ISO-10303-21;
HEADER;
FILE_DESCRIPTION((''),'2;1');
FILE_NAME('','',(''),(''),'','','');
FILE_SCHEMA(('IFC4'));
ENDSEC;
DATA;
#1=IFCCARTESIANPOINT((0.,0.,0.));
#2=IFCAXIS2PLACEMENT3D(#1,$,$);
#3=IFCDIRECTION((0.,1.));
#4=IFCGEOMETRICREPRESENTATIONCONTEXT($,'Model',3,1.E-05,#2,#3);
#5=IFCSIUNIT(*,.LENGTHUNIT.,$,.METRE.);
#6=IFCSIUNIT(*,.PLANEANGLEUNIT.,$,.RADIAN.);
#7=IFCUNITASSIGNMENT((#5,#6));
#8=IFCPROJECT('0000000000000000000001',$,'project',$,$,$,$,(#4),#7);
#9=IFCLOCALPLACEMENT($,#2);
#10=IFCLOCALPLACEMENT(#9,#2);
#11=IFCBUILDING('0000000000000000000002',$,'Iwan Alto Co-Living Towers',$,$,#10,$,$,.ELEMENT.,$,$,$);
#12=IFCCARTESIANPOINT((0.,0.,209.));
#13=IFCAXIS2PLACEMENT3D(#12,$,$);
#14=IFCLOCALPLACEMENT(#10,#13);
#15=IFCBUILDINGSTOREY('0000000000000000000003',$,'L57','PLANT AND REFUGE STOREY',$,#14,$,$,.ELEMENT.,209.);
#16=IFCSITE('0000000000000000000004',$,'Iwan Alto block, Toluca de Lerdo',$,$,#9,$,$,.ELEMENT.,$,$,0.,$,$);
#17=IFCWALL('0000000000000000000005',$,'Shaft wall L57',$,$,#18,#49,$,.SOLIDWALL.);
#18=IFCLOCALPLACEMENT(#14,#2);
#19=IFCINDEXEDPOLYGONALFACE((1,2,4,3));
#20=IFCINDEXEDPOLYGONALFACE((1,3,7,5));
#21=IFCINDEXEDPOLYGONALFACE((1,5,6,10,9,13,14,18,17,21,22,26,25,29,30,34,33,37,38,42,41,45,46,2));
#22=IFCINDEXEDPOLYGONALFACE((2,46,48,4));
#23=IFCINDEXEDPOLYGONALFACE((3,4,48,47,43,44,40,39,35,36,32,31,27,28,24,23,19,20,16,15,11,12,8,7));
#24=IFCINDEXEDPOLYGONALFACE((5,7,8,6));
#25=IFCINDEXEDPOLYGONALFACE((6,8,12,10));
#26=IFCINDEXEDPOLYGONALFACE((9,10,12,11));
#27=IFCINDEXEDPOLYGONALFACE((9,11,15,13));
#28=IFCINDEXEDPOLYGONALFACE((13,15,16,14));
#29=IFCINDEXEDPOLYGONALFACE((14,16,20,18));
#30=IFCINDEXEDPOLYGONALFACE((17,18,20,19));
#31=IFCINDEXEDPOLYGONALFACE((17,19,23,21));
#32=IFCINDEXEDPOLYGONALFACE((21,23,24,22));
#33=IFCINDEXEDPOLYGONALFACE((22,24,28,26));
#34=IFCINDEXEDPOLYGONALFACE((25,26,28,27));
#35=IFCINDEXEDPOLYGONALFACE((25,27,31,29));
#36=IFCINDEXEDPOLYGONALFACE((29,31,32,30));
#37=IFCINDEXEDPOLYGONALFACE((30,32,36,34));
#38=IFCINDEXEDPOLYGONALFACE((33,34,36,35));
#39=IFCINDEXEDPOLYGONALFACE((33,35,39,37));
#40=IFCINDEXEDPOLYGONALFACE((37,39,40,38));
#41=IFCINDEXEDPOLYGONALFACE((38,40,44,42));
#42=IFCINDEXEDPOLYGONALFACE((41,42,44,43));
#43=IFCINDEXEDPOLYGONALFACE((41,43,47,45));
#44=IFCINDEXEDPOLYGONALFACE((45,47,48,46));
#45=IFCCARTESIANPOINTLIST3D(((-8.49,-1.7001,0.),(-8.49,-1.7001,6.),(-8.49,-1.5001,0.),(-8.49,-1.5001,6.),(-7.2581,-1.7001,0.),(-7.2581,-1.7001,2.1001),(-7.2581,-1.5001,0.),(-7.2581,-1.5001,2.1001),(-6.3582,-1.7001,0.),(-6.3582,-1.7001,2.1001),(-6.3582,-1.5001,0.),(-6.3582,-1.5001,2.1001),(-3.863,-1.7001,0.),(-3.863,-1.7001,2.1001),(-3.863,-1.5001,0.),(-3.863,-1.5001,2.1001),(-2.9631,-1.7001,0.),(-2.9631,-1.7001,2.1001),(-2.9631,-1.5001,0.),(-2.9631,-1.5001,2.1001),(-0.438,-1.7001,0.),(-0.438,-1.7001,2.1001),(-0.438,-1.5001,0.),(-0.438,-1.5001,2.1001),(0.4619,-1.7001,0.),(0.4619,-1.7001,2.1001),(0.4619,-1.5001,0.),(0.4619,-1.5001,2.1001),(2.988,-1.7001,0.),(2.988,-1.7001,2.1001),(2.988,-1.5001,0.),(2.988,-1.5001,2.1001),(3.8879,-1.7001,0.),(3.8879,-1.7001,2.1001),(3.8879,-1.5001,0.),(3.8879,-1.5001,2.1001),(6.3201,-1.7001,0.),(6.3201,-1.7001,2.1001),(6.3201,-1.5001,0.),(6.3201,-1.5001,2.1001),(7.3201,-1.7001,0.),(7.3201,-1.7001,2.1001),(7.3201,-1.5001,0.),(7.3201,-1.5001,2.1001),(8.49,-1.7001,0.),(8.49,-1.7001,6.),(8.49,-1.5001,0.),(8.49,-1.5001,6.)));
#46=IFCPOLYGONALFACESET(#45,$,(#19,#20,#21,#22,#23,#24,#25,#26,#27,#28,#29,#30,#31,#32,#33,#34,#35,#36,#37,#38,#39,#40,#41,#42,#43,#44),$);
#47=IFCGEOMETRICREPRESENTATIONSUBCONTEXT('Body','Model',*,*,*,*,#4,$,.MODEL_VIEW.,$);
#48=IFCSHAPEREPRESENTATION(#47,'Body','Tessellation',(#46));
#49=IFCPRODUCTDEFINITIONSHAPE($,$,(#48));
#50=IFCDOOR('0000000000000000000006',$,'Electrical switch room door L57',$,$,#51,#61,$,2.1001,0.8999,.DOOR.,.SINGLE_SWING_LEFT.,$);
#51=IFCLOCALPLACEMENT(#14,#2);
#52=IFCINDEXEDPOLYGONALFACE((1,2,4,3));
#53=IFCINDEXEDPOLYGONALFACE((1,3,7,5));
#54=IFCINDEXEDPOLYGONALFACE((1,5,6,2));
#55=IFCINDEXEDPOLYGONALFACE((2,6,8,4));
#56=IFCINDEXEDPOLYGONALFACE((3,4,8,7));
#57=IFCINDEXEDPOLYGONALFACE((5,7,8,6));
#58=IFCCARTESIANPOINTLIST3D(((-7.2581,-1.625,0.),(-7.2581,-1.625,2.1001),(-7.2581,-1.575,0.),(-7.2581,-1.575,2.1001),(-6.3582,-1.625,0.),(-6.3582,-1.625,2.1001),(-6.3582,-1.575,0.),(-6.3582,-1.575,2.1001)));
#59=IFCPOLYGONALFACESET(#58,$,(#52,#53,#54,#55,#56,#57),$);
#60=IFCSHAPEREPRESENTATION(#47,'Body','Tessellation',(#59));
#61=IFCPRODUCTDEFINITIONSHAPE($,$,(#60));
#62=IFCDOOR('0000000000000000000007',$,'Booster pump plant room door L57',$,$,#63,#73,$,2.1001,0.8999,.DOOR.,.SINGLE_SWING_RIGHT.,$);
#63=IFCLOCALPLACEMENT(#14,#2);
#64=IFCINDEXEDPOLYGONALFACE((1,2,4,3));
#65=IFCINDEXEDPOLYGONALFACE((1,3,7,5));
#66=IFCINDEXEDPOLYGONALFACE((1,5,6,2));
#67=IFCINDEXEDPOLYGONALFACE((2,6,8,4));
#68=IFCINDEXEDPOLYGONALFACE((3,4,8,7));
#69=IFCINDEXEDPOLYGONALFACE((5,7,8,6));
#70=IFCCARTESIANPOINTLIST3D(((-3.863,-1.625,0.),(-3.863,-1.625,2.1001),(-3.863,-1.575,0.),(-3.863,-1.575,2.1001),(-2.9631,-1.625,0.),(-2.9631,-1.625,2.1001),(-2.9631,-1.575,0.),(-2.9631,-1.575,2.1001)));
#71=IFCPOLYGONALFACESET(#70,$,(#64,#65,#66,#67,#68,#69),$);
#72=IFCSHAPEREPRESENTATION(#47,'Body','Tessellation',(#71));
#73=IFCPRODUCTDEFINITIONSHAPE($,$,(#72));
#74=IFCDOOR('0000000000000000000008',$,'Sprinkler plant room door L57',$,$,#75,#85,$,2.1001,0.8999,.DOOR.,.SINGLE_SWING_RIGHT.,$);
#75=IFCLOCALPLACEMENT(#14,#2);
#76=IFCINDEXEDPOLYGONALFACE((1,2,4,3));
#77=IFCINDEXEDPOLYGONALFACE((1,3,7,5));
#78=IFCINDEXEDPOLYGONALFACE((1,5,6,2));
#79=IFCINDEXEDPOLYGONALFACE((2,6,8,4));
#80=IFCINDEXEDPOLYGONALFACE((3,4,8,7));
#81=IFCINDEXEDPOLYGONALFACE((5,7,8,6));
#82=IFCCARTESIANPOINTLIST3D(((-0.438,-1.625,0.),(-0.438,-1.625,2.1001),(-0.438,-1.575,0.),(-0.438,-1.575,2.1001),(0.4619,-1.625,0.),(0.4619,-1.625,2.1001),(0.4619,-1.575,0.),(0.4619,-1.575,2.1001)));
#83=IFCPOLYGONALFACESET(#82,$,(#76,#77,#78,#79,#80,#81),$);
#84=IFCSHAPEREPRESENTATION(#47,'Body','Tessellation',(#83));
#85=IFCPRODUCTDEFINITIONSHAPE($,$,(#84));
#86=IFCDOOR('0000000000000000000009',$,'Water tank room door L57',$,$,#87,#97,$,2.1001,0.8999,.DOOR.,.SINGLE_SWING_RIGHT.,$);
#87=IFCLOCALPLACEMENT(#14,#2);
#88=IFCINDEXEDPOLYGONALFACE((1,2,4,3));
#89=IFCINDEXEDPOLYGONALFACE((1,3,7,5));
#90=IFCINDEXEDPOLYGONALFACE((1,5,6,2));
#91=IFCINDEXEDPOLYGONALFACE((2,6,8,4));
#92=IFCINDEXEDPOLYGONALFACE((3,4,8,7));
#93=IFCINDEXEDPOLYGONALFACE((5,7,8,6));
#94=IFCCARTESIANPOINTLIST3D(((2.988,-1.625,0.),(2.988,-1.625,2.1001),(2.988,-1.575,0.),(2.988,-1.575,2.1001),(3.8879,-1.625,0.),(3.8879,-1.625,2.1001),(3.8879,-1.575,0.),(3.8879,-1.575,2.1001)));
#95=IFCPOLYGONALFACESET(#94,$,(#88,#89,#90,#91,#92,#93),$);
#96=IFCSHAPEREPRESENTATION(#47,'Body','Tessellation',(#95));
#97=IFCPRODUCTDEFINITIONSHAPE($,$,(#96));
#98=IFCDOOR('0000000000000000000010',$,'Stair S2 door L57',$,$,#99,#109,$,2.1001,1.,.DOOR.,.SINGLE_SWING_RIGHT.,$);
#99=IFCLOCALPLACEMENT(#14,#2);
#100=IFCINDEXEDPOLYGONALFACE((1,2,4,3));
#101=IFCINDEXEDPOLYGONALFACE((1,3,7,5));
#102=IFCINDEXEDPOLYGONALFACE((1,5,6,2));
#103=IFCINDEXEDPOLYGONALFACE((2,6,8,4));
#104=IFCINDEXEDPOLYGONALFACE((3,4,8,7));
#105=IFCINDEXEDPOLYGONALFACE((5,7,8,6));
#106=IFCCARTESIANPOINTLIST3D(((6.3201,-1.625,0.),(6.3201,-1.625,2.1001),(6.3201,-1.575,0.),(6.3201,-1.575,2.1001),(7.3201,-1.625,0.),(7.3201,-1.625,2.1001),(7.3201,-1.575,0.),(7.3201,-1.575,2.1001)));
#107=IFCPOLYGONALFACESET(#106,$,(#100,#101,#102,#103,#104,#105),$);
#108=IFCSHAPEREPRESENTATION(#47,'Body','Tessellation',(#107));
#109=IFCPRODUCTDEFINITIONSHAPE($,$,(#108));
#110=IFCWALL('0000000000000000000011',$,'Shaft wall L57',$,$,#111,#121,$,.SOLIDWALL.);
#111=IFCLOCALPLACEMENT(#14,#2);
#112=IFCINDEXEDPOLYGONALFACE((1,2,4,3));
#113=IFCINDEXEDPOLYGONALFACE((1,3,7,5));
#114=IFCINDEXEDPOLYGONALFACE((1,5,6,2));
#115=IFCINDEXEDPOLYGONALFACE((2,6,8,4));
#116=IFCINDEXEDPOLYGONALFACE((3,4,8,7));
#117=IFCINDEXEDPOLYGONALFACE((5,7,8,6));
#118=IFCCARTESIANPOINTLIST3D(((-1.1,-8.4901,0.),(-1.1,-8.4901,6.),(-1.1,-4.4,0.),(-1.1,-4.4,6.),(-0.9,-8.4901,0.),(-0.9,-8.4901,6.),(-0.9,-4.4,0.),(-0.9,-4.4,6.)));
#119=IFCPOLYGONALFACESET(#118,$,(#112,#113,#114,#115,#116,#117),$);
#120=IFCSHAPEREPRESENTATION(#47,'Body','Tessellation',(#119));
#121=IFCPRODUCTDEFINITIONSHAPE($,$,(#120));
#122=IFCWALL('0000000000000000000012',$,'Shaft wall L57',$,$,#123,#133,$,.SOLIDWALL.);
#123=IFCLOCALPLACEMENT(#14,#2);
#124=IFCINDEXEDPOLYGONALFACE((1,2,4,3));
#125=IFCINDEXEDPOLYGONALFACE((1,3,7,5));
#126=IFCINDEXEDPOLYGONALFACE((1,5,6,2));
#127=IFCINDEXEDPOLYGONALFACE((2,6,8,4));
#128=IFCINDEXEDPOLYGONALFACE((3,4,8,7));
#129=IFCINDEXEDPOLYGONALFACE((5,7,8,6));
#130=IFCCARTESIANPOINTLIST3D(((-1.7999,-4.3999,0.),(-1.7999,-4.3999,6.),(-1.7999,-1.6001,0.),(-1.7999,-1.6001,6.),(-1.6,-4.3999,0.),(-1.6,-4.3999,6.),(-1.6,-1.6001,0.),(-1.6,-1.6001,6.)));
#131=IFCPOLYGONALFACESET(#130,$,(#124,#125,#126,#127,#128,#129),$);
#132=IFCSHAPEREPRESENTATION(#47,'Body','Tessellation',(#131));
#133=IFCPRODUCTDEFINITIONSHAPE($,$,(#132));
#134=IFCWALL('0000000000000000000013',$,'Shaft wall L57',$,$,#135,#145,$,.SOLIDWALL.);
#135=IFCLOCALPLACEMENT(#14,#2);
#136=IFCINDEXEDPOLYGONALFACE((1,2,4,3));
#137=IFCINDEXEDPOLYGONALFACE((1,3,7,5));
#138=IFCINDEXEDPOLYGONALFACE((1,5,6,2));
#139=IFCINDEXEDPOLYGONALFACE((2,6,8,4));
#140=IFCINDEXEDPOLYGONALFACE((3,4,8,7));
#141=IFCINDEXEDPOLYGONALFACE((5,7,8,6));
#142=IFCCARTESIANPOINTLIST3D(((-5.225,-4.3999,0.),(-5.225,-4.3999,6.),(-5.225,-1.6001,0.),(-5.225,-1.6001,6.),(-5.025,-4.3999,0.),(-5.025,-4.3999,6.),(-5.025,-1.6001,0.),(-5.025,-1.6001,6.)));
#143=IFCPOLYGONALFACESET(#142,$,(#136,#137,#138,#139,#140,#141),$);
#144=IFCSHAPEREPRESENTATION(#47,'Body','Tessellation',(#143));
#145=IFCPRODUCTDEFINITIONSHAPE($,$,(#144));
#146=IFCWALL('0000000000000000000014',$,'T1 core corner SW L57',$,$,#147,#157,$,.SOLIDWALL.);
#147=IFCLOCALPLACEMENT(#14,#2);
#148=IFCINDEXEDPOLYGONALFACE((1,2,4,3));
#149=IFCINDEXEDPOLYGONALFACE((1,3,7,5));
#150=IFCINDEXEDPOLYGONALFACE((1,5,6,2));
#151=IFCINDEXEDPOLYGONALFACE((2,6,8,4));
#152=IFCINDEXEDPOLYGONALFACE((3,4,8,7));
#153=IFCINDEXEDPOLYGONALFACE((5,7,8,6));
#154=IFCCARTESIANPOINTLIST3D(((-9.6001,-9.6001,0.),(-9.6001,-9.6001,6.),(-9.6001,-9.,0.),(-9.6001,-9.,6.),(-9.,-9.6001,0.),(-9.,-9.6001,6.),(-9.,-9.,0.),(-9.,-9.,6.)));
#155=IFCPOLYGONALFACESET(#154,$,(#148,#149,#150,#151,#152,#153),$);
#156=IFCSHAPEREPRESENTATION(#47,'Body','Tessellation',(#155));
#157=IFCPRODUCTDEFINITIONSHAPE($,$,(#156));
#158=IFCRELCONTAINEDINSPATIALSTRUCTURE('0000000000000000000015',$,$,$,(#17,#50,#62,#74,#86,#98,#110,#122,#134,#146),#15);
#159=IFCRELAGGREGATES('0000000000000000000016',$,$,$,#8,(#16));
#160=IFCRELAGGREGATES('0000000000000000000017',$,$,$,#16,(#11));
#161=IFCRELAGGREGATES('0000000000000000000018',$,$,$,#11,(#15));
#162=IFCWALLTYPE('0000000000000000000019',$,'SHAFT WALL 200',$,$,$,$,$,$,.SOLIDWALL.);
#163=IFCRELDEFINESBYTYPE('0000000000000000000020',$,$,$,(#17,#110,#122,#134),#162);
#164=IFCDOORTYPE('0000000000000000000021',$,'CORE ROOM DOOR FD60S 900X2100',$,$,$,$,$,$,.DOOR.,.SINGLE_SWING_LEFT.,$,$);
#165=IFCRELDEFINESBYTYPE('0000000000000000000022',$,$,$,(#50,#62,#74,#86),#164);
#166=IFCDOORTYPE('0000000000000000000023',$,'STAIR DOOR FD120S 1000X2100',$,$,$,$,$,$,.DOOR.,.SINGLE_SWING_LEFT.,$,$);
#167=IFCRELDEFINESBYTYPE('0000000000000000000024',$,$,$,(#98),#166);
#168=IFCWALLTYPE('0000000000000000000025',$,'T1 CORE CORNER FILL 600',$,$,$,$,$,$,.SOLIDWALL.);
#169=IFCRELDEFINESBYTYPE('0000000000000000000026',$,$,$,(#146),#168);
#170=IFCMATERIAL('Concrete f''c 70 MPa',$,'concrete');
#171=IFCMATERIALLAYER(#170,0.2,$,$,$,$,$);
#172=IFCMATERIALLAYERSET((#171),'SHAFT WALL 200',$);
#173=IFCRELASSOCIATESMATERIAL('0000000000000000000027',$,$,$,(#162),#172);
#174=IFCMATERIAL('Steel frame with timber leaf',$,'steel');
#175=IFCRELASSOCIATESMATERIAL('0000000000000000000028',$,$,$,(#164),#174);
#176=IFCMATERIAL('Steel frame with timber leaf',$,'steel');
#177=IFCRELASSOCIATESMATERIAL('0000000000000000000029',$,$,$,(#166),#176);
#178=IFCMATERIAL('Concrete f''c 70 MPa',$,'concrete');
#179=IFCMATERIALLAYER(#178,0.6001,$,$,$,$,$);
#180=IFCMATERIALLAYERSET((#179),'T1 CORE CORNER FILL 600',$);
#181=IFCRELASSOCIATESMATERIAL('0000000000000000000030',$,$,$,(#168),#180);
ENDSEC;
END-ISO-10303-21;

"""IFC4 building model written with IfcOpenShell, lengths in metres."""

from ifc_helpers import new_model, si_unit, direction, frame, frame_2d, origin, place, context, subcontext, project, spatial, rectangle, extrude, material, layer, layer_set, type_object, element, fill, save


model = new_model("IFC4")

# Units and contexts
model_context = context("Model", 3, precision=1e-05, world=origin(), true_north=direction((0.0, 1.0)))
body_context = subcontext(model_context, "Body", "Model", "MODEL_VIEW")
ifc_project = project(units=[si_unit("LENGTHUNIT", "METRE"), si_unit("PLANEANGLEUNIT", "RADIAN")], contexts=[model_context])

# Site, building, storey
site_placement = place(None, origin())
site = spatial("IfcSite", under=ifc_project, at=site_placement, Name="Iwan Alto block, Toluca de Lerdo", CompositionType="ELEMENT", RefElevation=0.0)
building_placement = place(site_placement, origin())
building = spatial("IfcBuilding", under=site, at=building_placement, Name="Iwan Alto Co-Living Towers", CompositionType="ELEMENT")
storey_placement = place(building_placement, frame((0.0, 0.0, 209.0)))
storey = spatial("IfcBuildingStorey", under=building, at=storey_placement, Name="L57", Description="PLANT AND REFUGE STOREY", CompositionType="ELEMENT", Elevation=209.0)

# Shared definitions
ifc_material_1 = material(Name="Concrete f'c 70 MPa", Category="concrete")
ifc_layer_1 = layer(ifc_material_1, 0.2)
ifc_layer_set_1 = layer_set([ifc_layer_1], Name="SHAFT WALL 200")
wall_type_1 = type_object("IfcWallType", Name="SHAFT WALL 200", PredefinedType="SOLIDWALL", material=ifc_layer_set_1)

# Wall, openings, doors
wall_1_placement = place(storey_placement, frame((-8.49, -1.6001, 0.0), z_axis=(0.0, 0.0, 1.0), x_axis=(1.0, 0.0, 0.0)))
wall_1 = element("IfcWall", 1, at=wall_1_placement, inside=storey, type_object=wall_type_1, Name="Shaft wall L57", PredefinedType="SOLIDWALL", context=body_context, shape_type="SweptSolid", body=[
    extrude(rectangle(XDim=16.98, YDim=0.2, at=frame_2d((8.49, 0.0))), origin(), (0.0, 0.0, 1.0), 6.0),
])
opening_1_placement = place(wall_1_placement, frame((14.8101, 0.0, 0.0)))
opening_1 = element("IfcOpeningElement", 2, at=opening_1_placement, cuts=wall_1, PredefinedType="OPENING", context=body_context, shape_type="SweptSolid", body=[
    extrude(rectangle(XDim=1.0, YDim=2.1001, at=frame_2d((0.5, 1.05))), frame((0.0, 0.1099, 0.0), z_axis=(0.0, -1.0, 0.0), x_axis=(1.0, 0.0, 0.0)), (0.0, 0.0, 1.0), 0.22),
])
opening_2_placement = place(wall_1_placement, frame((1.2319, 0.0, 0.0)))
opening_2 = element("IfcOpeningElement", 3, at=opening_2_placement, cuts=wall_1, PredefinedType="OPENING", context=body_context, shape_type="SweptSolid", body=[
    extrude(rectangle(XDim=0.8999, YDim=2.1001, at=frame_2d((0.45, 1.05))), frame((0.0, 0.1099, 0.0), z_axis=(0.0, -1.0, 0.0), x_axis=(1.0, 0.0, 0.0)), (0.0, 0.0, 1.0), 0.22),
])
opening_3_placement = place(wall_1_placement, frame((4.627, 0.0, 0.0)))
opening_3 = element("IfcOpeningElement", 4, at=opening_3_placement, cuts=wall_1, PredefinedType="OPENING", context=body_context, shape_type="SweptSolid", body=[
    extrude(rectangle(XDim=0.8999, YDim=2.1001, at=frame_2d((0.45, 1.05))), frame((0.0, 0.1099, 0.0), z_axis=(0.0, -1.0, 0.0), x_axis=(1.0, 0.0, 0.0)), (0.0, 0.0, 1.0), 0.22),
])
opening_4_placement = place(wall_1_placement, frame((8.052, 0.0, 0.0)))
opening_4 = element("IfcOpeningElement", 5, at=opening_4_placement, cuts=wall_1, PredefinedType="OPENING", context=body_context, shape_type="SweptSolid", body=[
    extrude(rectangle(XDim=0.8999, YDim=2.1001, at=frame_2d((0.45, 1.05))), frame((0.0, 0.1099, 0.0), z_axis=(0.0, -1.0, 0.0), x_axis=(1.0, 0.0, 0.0)), (0.0, 0.0, 1.0), 0.22),
])
opening_5_placement = place(wall_1_placement, frame((11.478, 0.0, 0.0)))
opening_5 = element("IfcOpeningElement", 6, at=opening_5_placement, cuts=wall_1, PredefinedType="OPENING", context=body_context, shape_type="SweptSolid", body=[
    extrude(rectangle(XDim=0.8999, YDim=2.1001, at=frame_2d((0.45, 1.05))), frame((0.0, 0.1099, 0.0), z_axis=(0.0, -1.0, 0.0), x_axis=(1.0, 0.0, 0.0)), (0.0, 0.0, 1.0), 0.22),
])
ifc_material_2 = material(Name="Steel frame with timber leaf", Category="steel")
door_type_1 = type_object("IfcDoorType", Name="CORE ROOM DOOR FD60S 900X2100", OperationType="SINGLE_SWING_LEFT", PredefinedType="DOOR", material=ifc_material_2)
door_1_placement = place(opening_2_placement, frame((0.8999, 0.0, 0.0), z_axis=(0.0, 0.0, 1.0), x_axis=(-1.0, 0.0, 0.0)))
door_1 = element("IfcDoor", 7, at=door_1_placement, inside=storey, type_object=door_type_1, Name="Electrical switch room door L57", OperationType="SINGLE_SWING_LEFT", OverallHeight=2.1001, OverallWidth=0.8999, PredefinedType="DOOR", context=body_context, shape_type="SweptSolid", body=[
    extrude(rectangle(XDim=0.8999, YDim=2.1001, at=frame_2d((0.45, 1.05))), frame((0.0, 0.0249, 0.0), z_axis=(0.0, -1.0, 0.0), x_axis=(1.0, 0.0, 0.0)), (0.0, 0.0, 1.0), 0.05),
])
fill(opening_2, door_1)
door_2_placement = place(opening_3_placement, frame((0.8999, 0.0, 0.0), z_axis=(0.0, 0.0, 1.0), x_axis=(-1.0, 0.0, 0.0)))
door_2 = element("IfcDoor", 8, at=door_2_placement, inside=storey, type_object=door_type_1, Name="Booster pump plant room door L57", OperationType="SINGLE_SWING_RIGHT", OverallHeight=2.1001, OverallWidth=0.8999, PredefinedType="DOOR", context=body_context, shape_type="SweptSolid", body=[
    extrude(rectangle(XDim=0.8999, YDim=2.1001, at=frame_2d((0.45, 1.05))), frame((0.0, 0.0249, 0.0), z_axis=(0.0, -1.0, 0.0), x_axis=(1.0, 0.0, 0.0)), (0.0, 0.0, 1.0), 0.05),
])
fill(opening_3, door_2)
door_3_placement = place(opening_4_placement, frame((0.8999, 0.0, 0.0), z_axis=(0.0, 0.0, 1.0), x_axis=(-1.0, 0.0, 0.0)))
door_3 = element("IfcDoor", 9, at=door_3_placement, inside=storey, type_object=door_type_1, Name="Sprinkler plant room door L57", OperationType="SINGLE_SWING_RIGHT", OverallHeight=2.1001, OverallWidth=0.8999, PredefinedType="DOOR", context=body_context, shape_type="SweptSolid", body=[
    extrude(rectangle(XDim=0.8999, YDim=2.1001, at=frame_2d((0.45, 1.05))), frame((0.0, 0.0249, 0.0), z_axis=(0.0, -1.0, 0.0), x_axis=(1.0, 0.0, 0.0)), (0.0, 0.0, 1.0), 0.05),
])
fill(opening_4, door_3)
door_4_placement = place(opening_5_placement, frame((0.8999, 0.0, 0.0), z_axis=(0.0, 0.0, 1.0), x_axis=(-1.0, 0.0, 0.0)))
door_4 = element("IfcDoor", 10, at=door_4_placement, inside=storey, type_object=door_type_1, Name="Water tank room door L57", OperationType="SINGLE_SWING_RIGHT", OverallHeight=2.1001, OverallWidth=0.8999, PredefinedType="DOOR", context=body_context, shape_type="SweptSolid", body=[
    extrude(rectangle(XDim=0.8999, YDim=2.1001, at=frame_2d((0.45, 1.05))), frame((0.0, 0.0249, 0.0), z_axis=(0.0, -1.0, 0.0), x_axis=(1.0, 0.0, 0.0)), (0.0, 0.0, 1.0), 0.05),
])
fill(opening_5, door_4)
ifc_material_3 = material(Name="Steel frame with timber leaf", Category="steel")
door_type_2 = type_object("IfcDoorType", Name="STAIR DOOR FD120S 1000X2100", OperationType="SINGLE_SWING_LEFT", PredefinedType="DOOR", material=ifc_material_3)
door_5_placement = place(opening_1_placement, frame((1.0, 0.0, 0.0), z_axis=(0.0, 0.0, 1.0), x_axis=(-1.0, 0.0, 0.0)))
door_5 = element("IfcDoor", 11, at=door_5_placement, inside=storey, type_object=door_type_2, Name="Stair S2 door L57", OperationType="SINGLE_SWING_RIGHT", OverallHeight=2.1001, OverallWidth=1.0, PredefinedType="DOOR", context=body_context, shape_type="SweptSolid", body=[
    extrude(rectangle(XDim=1.0, YDim=2.1001, at=frame_2d((0.5, 1.05))), frame((0.0, 0.0249, 0.0), z_axis=(0.0, -1.0, 0.0), x_axis=(1.0, 0.0, 0.0)), (0.0, 0.0, 1.0), 0.05),
])
fill(opening_1, door_5)

# Walls
wall_2_placement = place(storey_placement, frame((-1.0, -8.49, 0.0), z_axis=(0.0, 0.0, 1.0), x_axis=(0.0, 1.0, 0.0)))
element("IfcWall", 12, at=wall_2_placement, inside=storey, type_object=wall_type_1, Name="Shaft wall L57", PredefinedType="SOLIDWALL", context=body_context, shape_type="SweptSolid", body=[
    extrude(rectangle(XDim=4.0901, YDim=0.2, at=frame_2d((2.0449, 0.0))), origin(), (0.0, 0.0, 1.0), 6.0),
])
for number, where, z_axis, x_axis, name in (
    (13, (-1.7, -4.3999, 0.0), (0.0, 0.0, 1.0), (0.0, 1.0, 0.0), "Shaft wall L57"),
    (14, (-5.125, -4.3999, 0.0), (0.0, 0.0, 1.0), (0.0, 1.0, 0.0), "Shaft wall L57"),
):
    element("IfcWall", number, at=place(storey_placement, frame(where, z_axis=z_axis, x_axis=x_axis)), inside=storey, type_object=wall_type_1, Name=name, PredefinedType="SOLIDWALL", context=body_context, shape_type="SweptSolid", body=[
        extrude(rectangle(XDim=2.7998, YDim=0.2, at=frame_2d((1.3999, 0.0))), origin(), (0.0, 0.0, 1.0), 6.0),
    ])
ifc_material_4 = material(Name="Concrete f'c 70 MPa", Category="concrete")
ifc_layer_2 = layer(ifc_material_4, 0.6001)
ifc_layer_set_2 = layer_set([ifc_layer_2], Name="T1 CORE CORNER FILL 600")
wall_type_2 = type_object("IfcWallType", Name="T1 CORE CORNER FILL 600", PredefinedType="SOLIDWALL", material=ifc_layer_set_2)
wall_3_placement = place(storey_placement, frame((-9.6001, -9.3, 0.0), z_axis=(0.0, 0.0, 1.0), x_axis=(1.0, 0.0, 0.0)))
element("IfcWall", 15, at=wall_3_placement, inside=storey, type_object=wall_type_2, Name="T1 core corner SW L57", PredefinedType="SOLIDWALL", context=body_context, shape_type="SweptSolid", body=[
    extrude(rectangle(XDim=0.6001, YDim=0.6001, at=frame_2d((0.3, 0.0))), origin(), (0.0, 0.0, 1.0), 6.0),
])

save(model, "model.ifc")
